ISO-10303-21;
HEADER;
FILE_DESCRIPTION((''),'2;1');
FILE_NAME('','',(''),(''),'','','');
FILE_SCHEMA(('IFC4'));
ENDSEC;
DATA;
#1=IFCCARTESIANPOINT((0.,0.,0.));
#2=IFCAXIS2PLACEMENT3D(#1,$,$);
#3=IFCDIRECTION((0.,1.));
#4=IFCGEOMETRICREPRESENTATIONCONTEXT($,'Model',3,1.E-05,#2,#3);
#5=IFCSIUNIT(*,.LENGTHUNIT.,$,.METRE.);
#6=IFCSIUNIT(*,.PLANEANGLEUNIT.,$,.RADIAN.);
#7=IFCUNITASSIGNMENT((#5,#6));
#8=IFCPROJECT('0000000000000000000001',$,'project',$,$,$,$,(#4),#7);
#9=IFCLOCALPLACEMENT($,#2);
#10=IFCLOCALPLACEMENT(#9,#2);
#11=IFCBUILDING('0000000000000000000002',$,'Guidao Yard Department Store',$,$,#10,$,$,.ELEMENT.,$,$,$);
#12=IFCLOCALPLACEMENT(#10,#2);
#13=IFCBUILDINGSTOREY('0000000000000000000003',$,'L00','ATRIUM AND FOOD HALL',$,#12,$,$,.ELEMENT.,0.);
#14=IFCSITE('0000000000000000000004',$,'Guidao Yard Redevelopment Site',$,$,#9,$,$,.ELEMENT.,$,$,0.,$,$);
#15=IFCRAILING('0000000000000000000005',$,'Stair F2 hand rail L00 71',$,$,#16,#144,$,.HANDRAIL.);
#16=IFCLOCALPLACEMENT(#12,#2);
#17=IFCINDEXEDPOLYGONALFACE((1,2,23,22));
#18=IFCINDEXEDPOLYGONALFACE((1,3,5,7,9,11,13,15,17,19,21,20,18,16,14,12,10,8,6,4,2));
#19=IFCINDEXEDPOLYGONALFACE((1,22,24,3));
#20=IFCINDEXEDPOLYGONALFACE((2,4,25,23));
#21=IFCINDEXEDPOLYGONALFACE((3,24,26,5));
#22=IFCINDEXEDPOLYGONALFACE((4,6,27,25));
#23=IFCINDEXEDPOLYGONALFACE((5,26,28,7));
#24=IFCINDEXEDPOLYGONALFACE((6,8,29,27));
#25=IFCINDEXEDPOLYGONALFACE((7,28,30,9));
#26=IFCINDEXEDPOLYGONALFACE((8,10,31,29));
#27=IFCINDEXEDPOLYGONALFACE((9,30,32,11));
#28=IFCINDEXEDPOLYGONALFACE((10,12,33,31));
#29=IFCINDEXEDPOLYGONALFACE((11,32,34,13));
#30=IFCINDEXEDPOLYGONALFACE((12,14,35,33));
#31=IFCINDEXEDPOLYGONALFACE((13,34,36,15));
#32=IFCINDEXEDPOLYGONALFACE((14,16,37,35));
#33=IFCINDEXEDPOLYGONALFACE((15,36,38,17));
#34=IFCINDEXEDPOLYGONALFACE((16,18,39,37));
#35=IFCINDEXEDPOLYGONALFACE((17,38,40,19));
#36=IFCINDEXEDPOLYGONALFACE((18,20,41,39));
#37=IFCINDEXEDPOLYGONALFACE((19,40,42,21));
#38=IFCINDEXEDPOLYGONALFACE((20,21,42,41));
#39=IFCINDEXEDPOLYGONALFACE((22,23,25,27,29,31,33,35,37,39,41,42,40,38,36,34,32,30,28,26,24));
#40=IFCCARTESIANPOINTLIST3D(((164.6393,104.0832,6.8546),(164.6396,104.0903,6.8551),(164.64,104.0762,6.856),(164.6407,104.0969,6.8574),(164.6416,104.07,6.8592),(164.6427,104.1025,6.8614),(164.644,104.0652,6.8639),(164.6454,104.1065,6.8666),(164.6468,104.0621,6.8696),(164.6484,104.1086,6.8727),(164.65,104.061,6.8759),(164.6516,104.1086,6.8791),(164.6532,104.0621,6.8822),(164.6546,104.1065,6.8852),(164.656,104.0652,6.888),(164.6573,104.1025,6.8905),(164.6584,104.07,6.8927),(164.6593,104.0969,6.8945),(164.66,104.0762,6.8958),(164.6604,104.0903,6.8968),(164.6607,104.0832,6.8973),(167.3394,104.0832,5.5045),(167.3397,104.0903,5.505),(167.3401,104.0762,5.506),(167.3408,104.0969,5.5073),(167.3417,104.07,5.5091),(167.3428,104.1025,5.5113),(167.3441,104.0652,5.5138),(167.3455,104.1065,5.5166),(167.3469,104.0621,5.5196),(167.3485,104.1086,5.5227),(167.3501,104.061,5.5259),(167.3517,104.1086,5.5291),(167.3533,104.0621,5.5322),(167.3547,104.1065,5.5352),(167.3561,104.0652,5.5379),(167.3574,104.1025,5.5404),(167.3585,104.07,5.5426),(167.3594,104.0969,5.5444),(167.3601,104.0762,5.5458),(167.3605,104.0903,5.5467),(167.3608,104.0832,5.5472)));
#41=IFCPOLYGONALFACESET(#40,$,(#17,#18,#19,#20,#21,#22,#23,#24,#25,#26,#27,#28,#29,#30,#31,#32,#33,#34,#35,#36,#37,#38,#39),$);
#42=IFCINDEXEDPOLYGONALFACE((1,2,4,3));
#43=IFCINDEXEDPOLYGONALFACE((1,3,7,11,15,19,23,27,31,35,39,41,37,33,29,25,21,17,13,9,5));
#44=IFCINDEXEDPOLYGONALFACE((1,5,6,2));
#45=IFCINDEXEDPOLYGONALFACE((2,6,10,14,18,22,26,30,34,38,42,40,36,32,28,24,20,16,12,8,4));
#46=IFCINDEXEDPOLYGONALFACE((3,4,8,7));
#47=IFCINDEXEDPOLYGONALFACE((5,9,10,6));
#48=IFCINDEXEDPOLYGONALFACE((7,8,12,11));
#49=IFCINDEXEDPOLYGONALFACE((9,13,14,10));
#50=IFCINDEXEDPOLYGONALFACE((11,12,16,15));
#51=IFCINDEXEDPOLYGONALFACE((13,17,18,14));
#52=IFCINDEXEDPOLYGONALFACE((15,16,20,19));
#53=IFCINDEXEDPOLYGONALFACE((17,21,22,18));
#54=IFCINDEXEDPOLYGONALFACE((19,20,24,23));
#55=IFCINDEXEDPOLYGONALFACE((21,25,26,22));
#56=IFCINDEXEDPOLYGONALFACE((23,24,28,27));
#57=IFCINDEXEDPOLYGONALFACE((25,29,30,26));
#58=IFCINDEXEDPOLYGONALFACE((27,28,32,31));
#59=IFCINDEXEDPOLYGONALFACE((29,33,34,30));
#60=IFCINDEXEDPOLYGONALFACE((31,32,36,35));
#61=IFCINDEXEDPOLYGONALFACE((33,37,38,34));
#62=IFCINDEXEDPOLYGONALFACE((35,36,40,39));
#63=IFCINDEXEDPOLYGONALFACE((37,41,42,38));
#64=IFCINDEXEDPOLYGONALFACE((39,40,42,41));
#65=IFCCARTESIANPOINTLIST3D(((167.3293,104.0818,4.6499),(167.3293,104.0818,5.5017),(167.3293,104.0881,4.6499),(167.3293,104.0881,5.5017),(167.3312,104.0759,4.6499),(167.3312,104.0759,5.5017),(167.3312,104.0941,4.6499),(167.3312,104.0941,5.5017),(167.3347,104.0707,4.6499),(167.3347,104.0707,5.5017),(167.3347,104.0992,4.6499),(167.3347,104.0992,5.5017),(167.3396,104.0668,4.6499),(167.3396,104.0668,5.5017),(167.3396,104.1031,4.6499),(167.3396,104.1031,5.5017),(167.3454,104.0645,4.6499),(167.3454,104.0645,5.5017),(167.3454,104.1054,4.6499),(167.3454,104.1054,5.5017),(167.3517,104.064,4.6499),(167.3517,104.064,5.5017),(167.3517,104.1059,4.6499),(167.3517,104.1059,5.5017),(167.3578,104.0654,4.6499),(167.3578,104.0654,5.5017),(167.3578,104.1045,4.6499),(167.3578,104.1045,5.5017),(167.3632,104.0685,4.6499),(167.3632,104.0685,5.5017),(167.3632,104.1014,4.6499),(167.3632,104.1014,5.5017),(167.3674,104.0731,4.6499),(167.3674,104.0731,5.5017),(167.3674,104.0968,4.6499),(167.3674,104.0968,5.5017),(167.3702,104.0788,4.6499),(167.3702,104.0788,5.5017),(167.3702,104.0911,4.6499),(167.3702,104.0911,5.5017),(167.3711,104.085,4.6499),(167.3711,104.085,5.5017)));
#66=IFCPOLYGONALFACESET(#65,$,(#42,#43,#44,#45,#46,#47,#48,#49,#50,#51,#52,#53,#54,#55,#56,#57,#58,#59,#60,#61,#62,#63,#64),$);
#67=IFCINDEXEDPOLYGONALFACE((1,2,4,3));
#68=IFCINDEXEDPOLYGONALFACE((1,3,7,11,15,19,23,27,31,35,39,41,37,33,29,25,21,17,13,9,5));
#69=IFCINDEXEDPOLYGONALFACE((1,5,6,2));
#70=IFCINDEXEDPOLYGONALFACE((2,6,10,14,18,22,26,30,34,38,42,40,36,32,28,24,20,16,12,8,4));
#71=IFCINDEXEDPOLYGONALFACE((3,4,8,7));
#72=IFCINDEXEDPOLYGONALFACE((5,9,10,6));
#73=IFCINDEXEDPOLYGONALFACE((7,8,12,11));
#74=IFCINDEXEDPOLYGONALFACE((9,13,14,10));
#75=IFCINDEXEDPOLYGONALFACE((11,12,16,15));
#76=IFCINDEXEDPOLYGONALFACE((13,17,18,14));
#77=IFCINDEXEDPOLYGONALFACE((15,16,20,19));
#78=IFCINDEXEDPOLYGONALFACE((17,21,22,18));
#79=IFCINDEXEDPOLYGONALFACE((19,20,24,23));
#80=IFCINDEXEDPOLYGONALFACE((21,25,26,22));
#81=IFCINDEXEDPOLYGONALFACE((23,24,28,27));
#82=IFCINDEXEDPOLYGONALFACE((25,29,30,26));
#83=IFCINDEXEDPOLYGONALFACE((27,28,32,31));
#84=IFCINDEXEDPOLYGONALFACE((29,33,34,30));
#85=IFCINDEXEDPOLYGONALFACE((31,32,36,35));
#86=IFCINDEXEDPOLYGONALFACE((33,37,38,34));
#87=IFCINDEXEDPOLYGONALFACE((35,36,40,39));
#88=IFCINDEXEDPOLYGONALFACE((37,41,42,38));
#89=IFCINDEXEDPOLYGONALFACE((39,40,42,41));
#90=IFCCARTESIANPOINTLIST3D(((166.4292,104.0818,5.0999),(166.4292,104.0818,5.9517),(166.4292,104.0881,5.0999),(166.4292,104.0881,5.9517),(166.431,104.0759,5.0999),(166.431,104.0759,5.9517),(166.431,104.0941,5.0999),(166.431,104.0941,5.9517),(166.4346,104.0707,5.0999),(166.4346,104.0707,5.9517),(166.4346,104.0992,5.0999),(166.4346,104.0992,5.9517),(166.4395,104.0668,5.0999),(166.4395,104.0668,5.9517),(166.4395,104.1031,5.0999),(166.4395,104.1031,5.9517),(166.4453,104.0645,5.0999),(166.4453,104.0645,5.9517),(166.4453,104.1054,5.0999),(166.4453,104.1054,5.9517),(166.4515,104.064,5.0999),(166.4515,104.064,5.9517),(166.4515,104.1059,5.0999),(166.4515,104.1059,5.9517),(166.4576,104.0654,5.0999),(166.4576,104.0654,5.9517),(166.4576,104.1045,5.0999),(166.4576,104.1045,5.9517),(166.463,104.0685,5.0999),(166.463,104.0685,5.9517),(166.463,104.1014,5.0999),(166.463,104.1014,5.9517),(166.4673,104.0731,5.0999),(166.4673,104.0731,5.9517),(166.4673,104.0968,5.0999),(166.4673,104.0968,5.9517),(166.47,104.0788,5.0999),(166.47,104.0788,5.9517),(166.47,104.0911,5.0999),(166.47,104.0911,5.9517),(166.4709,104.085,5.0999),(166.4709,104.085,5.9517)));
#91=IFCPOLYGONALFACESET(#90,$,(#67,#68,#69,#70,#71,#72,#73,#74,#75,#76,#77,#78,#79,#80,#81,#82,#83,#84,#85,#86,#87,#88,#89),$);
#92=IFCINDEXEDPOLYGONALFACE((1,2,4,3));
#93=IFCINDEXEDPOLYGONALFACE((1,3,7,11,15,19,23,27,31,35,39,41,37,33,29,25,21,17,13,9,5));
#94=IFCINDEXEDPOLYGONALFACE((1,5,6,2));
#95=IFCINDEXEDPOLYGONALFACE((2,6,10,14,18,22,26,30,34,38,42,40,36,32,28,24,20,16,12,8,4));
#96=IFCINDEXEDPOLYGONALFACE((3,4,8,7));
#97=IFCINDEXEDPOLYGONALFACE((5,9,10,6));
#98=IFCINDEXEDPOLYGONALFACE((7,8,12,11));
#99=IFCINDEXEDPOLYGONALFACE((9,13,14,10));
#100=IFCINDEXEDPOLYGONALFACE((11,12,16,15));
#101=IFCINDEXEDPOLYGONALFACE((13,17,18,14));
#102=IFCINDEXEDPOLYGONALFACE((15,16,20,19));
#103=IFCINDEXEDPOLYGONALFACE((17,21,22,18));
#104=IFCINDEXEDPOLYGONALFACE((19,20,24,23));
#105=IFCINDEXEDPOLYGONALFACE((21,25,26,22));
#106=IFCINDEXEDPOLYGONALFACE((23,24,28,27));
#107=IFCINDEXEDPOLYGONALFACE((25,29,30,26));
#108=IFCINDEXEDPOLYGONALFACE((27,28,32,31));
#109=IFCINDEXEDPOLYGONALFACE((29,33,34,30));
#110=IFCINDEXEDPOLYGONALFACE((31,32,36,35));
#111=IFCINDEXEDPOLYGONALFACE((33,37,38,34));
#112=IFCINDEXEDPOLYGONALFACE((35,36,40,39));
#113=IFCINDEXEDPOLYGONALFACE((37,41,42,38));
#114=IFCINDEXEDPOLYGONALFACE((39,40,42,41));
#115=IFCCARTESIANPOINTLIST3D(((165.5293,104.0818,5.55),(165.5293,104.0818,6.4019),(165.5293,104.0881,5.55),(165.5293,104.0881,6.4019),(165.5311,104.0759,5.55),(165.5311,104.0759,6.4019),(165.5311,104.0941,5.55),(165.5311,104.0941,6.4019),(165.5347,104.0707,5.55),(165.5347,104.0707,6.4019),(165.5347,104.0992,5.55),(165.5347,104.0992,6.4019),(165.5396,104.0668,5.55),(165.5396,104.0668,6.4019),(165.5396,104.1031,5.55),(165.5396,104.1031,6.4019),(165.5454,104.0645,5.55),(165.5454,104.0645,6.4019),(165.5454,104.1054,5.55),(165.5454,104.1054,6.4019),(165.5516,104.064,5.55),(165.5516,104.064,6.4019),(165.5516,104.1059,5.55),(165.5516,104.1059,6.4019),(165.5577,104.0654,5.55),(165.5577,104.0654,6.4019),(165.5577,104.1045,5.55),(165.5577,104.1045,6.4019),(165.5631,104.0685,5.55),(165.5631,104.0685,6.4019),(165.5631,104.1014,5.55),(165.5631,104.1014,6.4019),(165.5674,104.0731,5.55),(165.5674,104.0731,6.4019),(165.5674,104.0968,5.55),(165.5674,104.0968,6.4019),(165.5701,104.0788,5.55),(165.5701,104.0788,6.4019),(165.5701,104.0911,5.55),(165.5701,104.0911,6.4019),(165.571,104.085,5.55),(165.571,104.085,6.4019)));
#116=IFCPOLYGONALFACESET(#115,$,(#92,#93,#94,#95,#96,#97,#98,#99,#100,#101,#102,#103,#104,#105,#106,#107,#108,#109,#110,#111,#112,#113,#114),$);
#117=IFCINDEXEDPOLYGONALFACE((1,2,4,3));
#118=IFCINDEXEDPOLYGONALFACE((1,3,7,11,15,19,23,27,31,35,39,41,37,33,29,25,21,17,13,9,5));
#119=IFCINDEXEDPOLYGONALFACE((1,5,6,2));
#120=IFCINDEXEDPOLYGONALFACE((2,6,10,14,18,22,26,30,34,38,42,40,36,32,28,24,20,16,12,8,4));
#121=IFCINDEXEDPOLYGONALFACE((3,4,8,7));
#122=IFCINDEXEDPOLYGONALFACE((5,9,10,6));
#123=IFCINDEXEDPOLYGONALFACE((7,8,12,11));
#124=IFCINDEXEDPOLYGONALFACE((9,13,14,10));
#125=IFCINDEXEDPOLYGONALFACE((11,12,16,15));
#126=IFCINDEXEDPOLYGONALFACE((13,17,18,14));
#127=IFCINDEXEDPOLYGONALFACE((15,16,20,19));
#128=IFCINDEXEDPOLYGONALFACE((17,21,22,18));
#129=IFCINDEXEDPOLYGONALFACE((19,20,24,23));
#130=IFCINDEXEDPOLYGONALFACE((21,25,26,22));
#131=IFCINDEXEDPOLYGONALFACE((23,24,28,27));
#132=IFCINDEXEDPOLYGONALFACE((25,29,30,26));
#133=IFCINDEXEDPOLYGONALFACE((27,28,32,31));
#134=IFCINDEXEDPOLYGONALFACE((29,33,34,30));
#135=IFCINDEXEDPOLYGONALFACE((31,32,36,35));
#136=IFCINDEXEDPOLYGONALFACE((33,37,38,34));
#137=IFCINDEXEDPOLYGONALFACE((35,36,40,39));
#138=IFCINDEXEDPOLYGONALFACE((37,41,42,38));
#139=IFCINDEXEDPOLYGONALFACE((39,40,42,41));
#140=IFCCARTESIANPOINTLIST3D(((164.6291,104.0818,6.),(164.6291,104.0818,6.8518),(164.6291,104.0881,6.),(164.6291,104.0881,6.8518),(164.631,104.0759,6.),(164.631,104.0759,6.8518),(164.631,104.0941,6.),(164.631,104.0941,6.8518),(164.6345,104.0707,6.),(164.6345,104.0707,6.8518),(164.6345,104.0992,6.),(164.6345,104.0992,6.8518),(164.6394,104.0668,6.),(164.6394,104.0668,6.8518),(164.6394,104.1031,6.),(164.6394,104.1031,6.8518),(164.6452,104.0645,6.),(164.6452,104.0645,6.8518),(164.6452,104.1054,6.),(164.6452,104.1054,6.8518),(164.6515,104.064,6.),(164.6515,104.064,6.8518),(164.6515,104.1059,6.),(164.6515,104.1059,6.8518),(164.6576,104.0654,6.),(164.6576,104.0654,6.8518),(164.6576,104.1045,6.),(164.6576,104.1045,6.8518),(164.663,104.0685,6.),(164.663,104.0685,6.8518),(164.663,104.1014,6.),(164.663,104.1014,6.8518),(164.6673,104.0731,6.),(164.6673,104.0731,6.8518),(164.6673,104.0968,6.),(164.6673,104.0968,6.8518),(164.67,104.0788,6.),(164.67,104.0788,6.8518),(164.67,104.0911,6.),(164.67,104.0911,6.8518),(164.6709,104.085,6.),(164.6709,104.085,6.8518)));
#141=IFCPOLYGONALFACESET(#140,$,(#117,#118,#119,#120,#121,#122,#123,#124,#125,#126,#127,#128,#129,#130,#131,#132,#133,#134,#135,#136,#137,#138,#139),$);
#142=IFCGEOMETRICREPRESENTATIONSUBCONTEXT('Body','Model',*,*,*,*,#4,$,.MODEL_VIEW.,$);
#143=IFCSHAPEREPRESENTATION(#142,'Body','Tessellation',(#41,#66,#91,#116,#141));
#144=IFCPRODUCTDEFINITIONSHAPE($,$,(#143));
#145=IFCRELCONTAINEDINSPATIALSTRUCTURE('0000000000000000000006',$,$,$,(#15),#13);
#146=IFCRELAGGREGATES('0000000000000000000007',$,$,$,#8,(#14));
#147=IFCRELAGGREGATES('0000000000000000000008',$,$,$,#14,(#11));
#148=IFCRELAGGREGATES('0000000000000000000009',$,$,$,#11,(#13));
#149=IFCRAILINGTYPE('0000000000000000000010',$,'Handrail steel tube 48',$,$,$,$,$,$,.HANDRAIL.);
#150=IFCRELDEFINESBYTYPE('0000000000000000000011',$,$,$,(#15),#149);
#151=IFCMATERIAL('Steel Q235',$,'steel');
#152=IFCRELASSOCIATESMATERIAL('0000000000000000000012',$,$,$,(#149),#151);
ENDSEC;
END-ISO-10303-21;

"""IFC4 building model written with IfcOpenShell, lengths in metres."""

from ifc_helpers import new_model, si_unit, direction, frame, origin, origin_2d, place, context, subcontext, project, spatial, circle, extrude, material, type_object, element, save


model = new_model("IFC4")

# Units and contexts
model_context = context("Model", 3, precision=1e-05, world=origin(), true_north=direction((0.0, 1.0)))
body_context = subcontext(model_context, "Body", "Model", "MODEL_VIEW")
ifc_project = project(units=[si_unit("LENGTHUNIT", "METRE"), si_unit("PLANEANGLEUNIT", "RADIAN")], contexts=[model_context])

# Site, building, storey
site_placement = place(None, origin())
site = spatial("IfcSite", under=ifc_project, at=site_placement, Name="Guidao Yard Redevelopment Site", CompositionType="ELEMENT", RefElevation=0.0)
building_placement = place(site_placement, origin())
building = spatial("IfcBuilding", under=site, at=building_placement, Name="Guidao Yard Department Store", CompositionType="ELEMENT")
storey_placement = place(building_placement, origin())
storey = spatial("IfcBuildingStorey", under=building, at=storey_placement, Name="L00", Description="ATRIUM AND FOOD HALL", CompositionType="ELEMENT", Elevation=0.0)

# Railing
ifc_material_1 = material(Name="Steel Q235", Category="steel")
railing_type = type_object("IfcRailingType", Name="Handrail steel tube 48", PredefinedType="HANDRAIL", material=ifc_material_1)
for number, where, name in (
    (1, (167.3501, 104.085, 4.6499), "Stair F2 hand rail L00 71"),
):
    element("IfcRailing", number, at=place(storey_placement, frame(where)), inside=storey, type_object=railing_type, Name=name, PredefinedType="HANDRAIL", context=body_context, shape_type="SweptSolid", body=[
        extrude(circle(Radius=0.0239, at=origin_2d()), frame((0.0, 0.0, 0.876), z_axis=(-0.894427, 0.0, 0.447214), x_axis=(0.0, -1.0, 0.0)), (0.0, 0.0, 1.0), 3.0188),
        extrude(circle(Radius=0.021, at=origin_2d()), origin(), (0.0, 0.0, 1.0), 0.8518),
        extrude(circle(Radius=0.021, at=origin_2d()), frame((-0.9001, 0.0, 0.45)), (0.0, 0.0, 1.0), 0.8518),
        extrude(circle(Radius=0.021, at=origin_2d()), frame((-1.8, 0.0, 0.9001)), (0.0, 0.0, 1.0), 0.8518),
        extrude(circle(Radius=0.021, at=origin_2d()), frame((-2.7002, 0.0, 1.3501)), (0.0, 0.0, 1.0), 0.8518),
    ])

save(model, "model.ifc")
